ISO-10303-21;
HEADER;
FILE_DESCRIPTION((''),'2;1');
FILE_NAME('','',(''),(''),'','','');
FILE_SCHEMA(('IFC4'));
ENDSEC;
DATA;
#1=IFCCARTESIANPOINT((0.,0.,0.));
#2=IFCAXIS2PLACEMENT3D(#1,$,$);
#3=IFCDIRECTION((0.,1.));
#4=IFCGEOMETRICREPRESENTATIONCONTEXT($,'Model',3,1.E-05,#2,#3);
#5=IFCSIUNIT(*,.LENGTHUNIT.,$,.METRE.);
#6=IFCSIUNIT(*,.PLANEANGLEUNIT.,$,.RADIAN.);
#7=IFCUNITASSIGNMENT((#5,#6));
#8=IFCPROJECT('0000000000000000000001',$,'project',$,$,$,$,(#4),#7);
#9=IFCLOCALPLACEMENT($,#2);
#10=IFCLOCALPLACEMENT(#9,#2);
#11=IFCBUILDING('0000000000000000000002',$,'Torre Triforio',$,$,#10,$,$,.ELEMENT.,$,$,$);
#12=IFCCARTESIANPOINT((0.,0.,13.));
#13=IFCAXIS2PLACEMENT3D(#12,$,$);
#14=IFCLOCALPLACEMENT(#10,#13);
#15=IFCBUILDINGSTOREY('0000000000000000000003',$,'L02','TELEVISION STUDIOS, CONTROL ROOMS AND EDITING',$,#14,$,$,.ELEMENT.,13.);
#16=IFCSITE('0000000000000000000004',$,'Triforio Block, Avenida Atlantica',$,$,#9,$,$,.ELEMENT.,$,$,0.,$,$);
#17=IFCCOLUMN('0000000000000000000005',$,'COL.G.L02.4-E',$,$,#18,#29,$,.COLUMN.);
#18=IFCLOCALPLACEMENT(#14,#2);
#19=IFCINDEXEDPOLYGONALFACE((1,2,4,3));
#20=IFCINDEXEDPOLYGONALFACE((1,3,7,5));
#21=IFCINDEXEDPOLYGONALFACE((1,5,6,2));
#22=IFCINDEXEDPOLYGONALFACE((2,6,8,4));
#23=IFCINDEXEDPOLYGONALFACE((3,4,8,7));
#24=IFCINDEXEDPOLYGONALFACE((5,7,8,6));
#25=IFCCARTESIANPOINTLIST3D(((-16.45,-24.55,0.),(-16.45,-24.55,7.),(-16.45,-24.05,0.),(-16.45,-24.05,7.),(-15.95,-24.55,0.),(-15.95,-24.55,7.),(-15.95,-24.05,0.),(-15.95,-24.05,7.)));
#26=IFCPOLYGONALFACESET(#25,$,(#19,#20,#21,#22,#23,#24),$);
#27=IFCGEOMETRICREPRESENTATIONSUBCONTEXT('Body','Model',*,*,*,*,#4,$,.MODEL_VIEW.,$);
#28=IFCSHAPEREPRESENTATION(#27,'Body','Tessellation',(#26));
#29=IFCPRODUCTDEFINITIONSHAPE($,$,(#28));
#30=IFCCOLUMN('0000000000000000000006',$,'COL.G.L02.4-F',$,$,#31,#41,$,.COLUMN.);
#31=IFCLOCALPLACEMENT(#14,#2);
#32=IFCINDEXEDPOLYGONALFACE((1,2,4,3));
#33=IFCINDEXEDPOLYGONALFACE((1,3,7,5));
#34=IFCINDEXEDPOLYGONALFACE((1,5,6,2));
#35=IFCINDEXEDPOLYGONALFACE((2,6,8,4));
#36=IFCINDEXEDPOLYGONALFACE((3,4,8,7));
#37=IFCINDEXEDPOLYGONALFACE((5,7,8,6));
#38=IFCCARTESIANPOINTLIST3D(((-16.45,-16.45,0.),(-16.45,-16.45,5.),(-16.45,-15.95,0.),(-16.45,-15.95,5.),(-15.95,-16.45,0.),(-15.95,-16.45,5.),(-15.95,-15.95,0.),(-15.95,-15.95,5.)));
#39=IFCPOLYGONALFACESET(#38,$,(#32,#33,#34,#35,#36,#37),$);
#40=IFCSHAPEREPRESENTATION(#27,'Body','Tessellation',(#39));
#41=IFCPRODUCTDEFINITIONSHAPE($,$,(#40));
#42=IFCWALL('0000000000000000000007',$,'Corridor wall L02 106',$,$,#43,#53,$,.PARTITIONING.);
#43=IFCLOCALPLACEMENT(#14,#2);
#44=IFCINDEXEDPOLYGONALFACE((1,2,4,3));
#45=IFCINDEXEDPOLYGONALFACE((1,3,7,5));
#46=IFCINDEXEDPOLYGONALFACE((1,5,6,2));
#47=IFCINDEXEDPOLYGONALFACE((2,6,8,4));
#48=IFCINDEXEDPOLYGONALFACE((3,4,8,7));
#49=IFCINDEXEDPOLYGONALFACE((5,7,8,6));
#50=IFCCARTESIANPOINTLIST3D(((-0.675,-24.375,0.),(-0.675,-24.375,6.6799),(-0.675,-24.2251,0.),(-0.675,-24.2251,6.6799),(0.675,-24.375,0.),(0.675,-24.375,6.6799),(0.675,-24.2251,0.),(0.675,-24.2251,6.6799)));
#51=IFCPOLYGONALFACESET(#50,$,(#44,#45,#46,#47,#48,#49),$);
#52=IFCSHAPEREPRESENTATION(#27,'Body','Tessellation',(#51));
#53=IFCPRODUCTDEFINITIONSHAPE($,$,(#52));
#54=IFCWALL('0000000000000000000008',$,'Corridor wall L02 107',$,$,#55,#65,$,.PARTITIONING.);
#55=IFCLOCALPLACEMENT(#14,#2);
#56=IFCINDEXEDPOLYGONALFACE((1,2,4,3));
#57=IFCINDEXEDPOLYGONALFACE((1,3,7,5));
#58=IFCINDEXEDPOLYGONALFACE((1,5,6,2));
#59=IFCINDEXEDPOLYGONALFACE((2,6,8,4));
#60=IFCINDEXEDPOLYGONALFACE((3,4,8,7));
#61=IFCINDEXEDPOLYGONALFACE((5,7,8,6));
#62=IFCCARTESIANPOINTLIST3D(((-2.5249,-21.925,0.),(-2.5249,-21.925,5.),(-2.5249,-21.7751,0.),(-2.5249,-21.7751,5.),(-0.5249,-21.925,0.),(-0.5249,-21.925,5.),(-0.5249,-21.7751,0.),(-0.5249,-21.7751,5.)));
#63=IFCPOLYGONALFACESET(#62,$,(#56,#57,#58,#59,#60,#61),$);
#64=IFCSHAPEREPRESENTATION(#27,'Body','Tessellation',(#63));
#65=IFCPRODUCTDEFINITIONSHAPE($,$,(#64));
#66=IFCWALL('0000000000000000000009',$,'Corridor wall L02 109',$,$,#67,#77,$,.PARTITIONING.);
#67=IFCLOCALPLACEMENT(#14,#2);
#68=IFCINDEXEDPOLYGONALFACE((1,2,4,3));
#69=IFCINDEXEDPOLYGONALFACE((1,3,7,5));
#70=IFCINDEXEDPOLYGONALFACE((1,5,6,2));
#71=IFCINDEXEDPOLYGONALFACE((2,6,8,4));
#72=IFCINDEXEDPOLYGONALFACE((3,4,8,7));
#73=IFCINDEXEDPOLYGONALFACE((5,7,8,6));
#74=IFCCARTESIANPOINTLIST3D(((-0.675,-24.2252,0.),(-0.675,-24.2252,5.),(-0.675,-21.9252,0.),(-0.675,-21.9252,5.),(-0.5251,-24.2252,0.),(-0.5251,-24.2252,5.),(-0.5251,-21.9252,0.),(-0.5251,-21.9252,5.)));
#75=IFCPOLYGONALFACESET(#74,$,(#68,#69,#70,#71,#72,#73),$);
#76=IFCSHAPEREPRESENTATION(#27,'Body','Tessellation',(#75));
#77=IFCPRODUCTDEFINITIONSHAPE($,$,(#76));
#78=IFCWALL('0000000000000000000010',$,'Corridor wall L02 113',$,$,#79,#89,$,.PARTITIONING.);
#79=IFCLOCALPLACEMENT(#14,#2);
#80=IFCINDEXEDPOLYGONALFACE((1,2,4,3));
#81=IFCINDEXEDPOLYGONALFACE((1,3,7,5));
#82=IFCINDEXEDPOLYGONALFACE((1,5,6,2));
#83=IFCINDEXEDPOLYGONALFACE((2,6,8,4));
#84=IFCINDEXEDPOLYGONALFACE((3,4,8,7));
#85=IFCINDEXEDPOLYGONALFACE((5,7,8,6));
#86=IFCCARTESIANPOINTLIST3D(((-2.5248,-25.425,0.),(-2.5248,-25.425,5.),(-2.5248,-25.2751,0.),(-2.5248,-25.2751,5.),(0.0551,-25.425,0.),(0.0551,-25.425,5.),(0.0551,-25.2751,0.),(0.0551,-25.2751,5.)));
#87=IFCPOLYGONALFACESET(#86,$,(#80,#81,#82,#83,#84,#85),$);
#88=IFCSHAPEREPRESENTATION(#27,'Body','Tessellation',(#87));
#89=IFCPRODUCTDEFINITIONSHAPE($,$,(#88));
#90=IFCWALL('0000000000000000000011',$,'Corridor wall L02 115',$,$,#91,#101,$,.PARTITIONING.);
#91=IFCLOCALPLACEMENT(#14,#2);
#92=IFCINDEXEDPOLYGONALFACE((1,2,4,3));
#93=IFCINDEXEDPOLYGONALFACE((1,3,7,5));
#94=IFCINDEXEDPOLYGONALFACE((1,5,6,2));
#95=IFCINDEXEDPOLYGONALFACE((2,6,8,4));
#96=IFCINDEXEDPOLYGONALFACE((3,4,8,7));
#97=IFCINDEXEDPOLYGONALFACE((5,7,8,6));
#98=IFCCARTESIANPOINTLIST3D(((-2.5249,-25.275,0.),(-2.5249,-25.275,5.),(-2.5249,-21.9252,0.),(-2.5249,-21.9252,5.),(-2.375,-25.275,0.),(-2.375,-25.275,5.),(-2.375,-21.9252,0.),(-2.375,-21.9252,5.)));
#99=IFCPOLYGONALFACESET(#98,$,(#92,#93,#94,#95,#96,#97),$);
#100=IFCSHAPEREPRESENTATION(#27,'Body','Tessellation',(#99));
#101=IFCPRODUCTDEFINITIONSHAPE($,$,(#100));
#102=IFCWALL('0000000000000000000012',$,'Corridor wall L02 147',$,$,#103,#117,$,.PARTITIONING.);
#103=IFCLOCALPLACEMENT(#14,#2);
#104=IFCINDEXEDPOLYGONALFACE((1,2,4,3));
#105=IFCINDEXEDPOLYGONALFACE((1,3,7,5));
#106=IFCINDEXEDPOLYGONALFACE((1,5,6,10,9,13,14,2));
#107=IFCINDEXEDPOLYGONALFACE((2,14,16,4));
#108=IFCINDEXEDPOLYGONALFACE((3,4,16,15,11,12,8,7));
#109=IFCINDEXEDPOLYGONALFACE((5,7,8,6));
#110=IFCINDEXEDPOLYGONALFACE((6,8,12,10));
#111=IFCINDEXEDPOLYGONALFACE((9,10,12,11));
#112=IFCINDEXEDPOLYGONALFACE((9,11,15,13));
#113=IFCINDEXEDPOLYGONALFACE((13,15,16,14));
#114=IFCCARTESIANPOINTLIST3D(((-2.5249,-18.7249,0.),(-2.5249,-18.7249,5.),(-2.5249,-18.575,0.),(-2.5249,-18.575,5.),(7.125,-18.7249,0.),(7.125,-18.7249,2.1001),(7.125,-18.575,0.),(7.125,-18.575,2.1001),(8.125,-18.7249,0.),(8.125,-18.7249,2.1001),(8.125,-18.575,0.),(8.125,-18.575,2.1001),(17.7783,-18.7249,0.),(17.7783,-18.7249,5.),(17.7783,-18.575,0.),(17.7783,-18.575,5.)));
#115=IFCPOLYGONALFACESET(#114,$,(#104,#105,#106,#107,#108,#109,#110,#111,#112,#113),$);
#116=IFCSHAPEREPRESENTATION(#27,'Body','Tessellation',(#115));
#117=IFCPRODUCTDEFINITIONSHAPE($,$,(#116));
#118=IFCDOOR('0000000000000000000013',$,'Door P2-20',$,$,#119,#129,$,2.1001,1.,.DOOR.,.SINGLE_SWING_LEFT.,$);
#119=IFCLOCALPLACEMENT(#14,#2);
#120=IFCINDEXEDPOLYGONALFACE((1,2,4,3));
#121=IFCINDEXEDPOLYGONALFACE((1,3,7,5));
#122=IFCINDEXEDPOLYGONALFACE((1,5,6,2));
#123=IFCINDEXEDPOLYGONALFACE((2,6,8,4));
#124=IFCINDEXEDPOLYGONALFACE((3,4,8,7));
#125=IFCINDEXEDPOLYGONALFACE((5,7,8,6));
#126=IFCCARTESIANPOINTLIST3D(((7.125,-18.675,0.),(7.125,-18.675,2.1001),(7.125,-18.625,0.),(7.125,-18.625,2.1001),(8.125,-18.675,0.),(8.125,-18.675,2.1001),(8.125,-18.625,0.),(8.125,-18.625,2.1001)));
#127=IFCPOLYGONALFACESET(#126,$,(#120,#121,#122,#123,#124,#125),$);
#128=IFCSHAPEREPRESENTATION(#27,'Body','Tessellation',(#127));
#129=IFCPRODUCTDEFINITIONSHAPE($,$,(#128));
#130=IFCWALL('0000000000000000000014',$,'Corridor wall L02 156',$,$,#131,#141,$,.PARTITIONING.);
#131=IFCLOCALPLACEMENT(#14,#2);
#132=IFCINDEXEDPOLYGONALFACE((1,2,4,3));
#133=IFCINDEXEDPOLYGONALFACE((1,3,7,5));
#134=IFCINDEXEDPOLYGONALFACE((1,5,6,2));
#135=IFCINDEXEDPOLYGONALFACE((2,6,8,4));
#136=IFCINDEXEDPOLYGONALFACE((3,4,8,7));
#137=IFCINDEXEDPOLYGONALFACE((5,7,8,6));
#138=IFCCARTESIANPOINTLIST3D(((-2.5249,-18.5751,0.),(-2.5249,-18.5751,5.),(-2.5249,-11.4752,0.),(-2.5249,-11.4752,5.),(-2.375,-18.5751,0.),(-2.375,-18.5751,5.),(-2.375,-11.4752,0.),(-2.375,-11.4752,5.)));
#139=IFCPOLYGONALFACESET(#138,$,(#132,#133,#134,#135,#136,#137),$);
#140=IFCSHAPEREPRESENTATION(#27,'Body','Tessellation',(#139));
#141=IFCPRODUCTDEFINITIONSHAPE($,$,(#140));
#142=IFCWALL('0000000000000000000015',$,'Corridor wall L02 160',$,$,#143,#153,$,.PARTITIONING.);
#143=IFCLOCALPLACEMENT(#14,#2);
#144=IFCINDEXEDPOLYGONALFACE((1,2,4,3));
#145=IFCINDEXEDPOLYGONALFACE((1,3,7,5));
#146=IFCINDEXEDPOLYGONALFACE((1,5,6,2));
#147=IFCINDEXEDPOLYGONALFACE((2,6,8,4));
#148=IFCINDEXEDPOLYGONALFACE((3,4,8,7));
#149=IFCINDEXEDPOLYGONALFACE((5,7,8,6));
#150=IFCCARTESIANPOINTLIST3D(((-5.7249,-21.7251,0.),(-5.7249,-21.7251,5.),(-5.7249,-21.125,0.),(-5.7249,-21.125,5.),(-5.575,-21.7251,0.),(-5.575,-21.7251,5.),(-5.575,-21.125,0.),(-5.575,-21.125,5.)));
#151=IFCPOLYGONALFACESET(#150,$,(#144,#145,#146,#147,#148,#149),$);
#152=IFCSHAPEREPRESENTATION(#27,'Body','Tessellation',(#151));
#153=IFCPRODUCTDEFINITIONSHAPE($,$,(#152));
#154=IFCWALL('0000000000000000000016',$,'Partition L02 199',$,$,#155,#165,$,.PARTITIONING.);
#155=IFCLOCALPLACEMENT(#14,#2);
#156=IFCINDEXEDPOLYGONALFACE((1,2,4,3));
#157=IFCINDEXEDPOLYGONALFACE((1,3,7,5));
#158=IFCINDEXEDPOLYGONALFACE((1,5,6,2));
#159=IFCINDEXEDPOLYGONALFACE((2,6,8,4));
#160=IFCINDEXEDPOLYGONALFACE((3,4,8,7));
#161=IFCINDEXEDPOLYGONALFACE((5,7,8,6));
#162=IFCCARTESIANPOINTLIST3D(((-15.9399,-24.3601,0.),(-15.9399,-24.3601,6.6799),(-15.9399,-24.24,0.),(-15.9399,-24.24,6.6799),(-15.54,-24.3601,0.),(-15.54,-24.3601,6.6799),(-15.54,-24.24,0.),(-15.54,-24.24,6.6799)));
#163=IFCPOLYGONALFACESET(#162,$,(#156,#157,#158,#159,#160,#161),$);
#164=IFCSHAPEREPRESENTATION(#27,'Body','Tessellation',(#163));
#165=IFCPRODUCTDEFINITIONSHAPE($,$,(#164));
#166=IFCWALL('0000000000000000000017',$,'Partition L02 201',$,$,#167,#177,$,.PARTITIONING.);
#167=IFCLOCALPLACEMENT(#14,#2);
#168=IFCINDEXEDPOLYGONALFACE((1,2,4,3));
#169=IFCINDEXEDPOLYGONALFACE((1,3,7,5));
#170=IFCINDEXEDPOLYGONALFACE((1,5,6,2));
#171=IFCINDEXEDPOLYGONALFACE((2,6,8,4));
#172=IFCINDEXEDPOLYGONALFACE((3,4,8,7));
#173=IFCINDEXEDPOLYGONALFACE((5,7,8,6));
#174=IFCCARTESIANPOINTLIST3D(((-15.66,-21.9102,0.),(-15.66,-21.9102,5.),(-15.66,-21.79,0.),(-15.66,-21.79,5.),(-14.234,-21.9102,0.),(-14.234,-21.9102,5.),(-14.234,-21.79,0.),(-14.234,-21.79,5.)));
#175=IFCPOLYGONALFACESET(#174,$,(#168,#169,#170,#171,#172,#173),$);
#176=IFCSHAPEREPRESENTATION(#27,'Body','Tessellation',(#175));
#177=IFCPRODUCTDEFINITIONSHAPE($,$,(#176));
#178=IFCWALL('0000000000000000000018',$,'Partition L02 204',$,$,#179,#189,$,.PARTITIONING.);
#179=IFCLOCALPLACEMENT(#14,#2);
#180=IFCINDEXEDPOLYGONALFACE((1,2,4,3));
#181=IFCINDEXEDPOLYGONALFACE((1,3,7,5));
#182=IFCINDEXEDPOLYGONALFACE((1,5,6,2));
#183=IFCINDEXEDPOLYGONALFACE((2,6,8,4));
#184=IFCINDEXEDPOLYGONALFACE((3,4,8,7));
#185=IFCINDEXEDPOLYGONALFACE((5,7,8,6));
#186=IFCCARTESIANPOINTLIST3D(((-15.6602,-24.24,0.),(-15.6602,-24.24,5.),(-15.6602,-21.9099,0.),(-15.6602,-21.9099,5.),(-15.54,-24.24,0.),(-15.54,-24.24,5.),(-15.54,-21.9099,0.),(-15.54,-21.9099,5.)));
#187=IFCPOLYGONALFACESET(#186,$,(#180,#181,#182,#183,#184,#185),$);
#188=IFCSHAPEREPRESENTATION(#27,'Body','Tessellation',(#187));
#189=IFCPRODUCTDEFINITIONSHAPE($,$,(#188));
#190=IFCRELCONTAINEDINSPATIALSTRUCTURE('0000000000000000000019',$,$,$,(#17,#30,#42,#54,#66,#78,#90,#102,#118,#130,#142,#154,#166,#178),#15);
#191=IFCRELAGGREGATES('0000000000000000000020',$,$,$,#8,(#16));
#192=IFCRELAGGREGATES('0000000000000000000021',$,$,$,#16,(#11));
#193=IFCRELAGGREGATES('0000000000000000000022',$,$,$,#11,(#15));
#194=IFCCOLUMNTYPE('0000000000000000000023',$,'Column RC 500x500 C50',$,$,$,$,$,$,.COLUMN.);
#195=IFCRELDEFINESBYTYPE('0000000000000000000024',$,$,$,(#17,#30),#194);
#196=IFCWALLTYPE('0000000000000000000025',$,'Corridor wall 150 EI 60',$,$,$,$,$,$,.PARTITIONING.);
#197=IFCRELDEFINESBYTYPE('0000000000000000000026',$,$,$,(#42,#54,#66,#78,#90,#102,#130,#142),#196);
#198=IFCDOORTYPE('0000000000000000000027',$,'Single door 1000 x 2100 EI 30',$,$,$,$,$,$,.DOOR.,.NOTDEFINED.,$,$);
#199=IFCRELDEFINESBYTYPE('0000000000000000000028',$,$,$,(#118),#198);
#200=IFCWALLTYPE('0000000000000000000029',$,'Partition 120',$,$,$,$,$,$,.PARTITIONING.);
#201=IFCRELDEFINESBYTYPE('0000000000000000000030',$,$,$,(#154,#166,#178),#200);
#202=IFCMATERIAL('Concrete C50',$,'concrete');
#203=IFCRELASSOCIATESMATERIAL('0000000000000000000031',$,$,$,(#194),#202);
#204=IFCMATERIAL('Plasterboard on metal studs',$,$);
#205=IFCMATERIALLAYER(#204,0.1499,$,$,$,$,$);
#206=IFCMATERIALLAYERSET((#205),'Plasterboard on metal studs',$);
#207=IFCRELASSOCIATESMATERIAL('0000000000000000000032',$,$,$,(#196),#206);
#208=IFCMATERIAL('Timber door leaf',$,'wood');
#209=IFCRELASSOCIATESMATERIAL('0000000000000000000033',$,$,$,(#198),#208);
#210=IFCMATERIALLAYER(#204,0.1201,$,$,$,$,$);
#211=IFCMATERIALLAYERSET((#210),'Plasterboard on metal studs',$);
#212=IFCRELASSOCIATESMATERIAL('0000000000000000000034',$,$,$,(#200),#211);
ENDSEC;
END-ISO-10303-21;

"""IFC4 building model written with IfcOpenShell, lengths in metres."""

from ifc_helpers import new_model, si_unit, direction, frame, frame_2d, origin, origin_2d, place, context, subcontext, project, spatial, rectangle, extrude, material, layer, layer_set, material_profile, profile_set, type_object, element, fill, save


model = new_model("IFC4")

# Units and contexts
model_context = context("Model", 3, precision=1e-05, world=origin(), true_north=direction((0.0, 1.0)))
body_context = subcontext(model_context, "Body", "Model", "MODEL_VIEW")
ifc_project = project(units=[si_unit("LENGTHUNIT", "METRE"), si_unit("PLANEANGLEUNIT", "RADIAN")], contexts=[model_context])

# Site, building, storey
site_placement = place(None, origin())
site = spatial("IfcSite", under=ifc_project, at=site_placement, Name="Triforio Block, Avenida Atlantica", CompositionType="ELEMENT", RefElevation=0.0)
building_placement = place(site_placement, origin())
building = spatial("IfcBuilding", under=site, at=building_placement, Name="Torre Triforio", CompositionType="ELEMENT")
storey_placement = place(building_placement, frame((0.0, 0.0, 13.0)))
storey = spatial("IfcBuildingStorey", under=building, at=storey_placement, Name="L02", Description="TELEVISION STUDIOS, CONTROL ROOMS AND EDITING", CompositionType="ELEMENT", Elevation=13.0)

# Columns
ifc_material_1 = material(Name="Concrete C50", Category="concrete")
ifc_material_profile = material_profile(ifc_material_1, rectangle(XDim=0.5, YDim=0.5, at=origin_2d()), Name="RC 500x500")
ifc_profile_set = profile_set([ifc_material_profile], Name="Concrete C50")
column_type = type_object("IfcColumnType", Name="Column RC 500x500 C50", PredefinedType="COLUMN", material=ifc_profile_set)
column_1_placement = place(storey_placement, frame((-16.2, -24.3, 0.0), z_axis=(0.0, 0.0, 1.0), x_axis=(1.0, 0.0, 0.0)))
element("IfcColumn", 1, at=column_1_placement, inside=storey, type_object=column_type, Name="COL.G.L02.4-E", PredefinedType="COLUMN", context=body_context, shape_type="SweptSolid", body=[
    extrude(rectangle(XDim=0.5, YDim=0.5, at=origin_2d()), origin(), (0.0, 0.0, 1.0), 7.0),
])
column_2_placement = place(storey_placement, frame((-16.2, -16.2, 0.0), z_axis=(0.0, 0.0, 1.0), x_axis=(1.0, 0.0, 0.0)))
element("IfcColumn", 2, at=column_2_placement, inside=storey, type_object=column_type, Name="COL.G.L02.4-F", PredefinedType="COLUMN", context=body_context, shape_type="SweptSolid", body=[
    extrude(rectangle(XDim=0.5, YDim=0.5, at=origin_2d()), origin(), (0.0, 0.0, 1.0), 5.0),
])

# Walls
ifc_material_2 = material(Name="Plasterboard on metal studs")
ifc_layer_1 = layer(ifc_material_2, 0.1499)
ifc_layer_set_1 = layer_set([ifc_layer_1], Name="Plasterboard on metal studs")
wall_type_1 = type_object("IfcWallType", Name="Corridor wall 150 EI 60", PredefinedType="PARTITIONING", material=ifc_layer_set_1)
wall_1_placement = place(storey_placement, frame((-0.675, -24.3, 0.0), z_axis=(0.0, 0.0, 1.0), x_axis=(1.0, 0.0, 0.0)))
element("IfcWall", 3, at=wall_1_placement, inside=storey, type_object=wall_type_1, Name="Corridor wall L02 106", PredefinedType="PARTITIONING", context=body_context, shape_type="SweptSolid", body=[
    extrude(rectangle(XDim=1.3501, YDim=0.1499, at=frame_2d((0.675, 0.0))), origin(), (0.0, 0.0, 1.0), 6.6799),
])
wall_2_placement = place(storey_placement, frame((-2.5249, -21.8501, 0.0), z_axis=(0.0, 0.0, 1.0), x_axis=(1.0, 0.0, 0.0)))
element("IfcWall", 4, at=wall_2_placement, inside=storey, type_object=wall_type_1, Name="Corridor wall L02 107", PredefinedType="PARTITIONING", context=body_context, shape_type="SweptSolid", body=[
    extrude(rectangle(XDim=2.0, YDim=0.1499, at=frame_2d((1.0, 0.0))), origin(), (0.0, 0.0, 1.0), 5.0),
])
wall_3_placement = place(storey_placement, frame((-0.6001, -24.2251, 0.0), z_axis=(0.0, 0.0, 1.0), x_axis=(0.0, 1.0, 0.0)))
element("IfcWall", 5, at=wall_3_placement, inside=storey, type_object=wall_type_1, Name="Corridor wall L02 109", PredefinedType="PARTITIONING", context=body_context, shape_type="SweptSolid", body=[
    extrude(rectangle(XDim=2.3, YDim=0.1499, at=frame_2d((1.1499, 0.0))), origin(), (0.0, 0.0, 1.0), 5.0),
])
wall_4_placement = place(storey_placement, frame((-2.5249, -25.3501, 0.0), z_axis=(0.0, 0.0, 1.0), x_axis=(1.0, 0.0, 0.0)))
element("IfcWall", 6, at=wall_4_placement, inside=storey, type_object=wall_type_1, Name="Corridor wall L02 113", PredefinedType="PARTITIONING", context=body_context, shape_type="SweptSolid", body=[
    extrude(rectangle(XDim=2.5798, YDim=0.1499, at=frame_2d((1.29, 0.0))), origin(), (0.0, 0.0, 1.0), 5.0),
])
wall_5_placement = place(storey_placement, frame((-2.45, -25.2749, 0.0), z_axis=(0.0, 0.0, 1.0), x_axis=(0.0, 1.0, 0.0)))
element("IfcWall", 7, at=wall_5_placement, inside=storey, type_object=wall_type_1, Name="Corridor wall L02 115", PredefinedType="PARTITIONING", context=body_context, shape_type="SweptSolid", body=[
    extrude(rectangle(XDim=3.3499, YDim=0.1499, at=frame_2d((1.6748, 0.0))), origin(), (0.0, 0.0, 1.0), 5.0),
])

# Wall, opening, door
wall_6_placement = place(storey_placement, frame((-2.5249, -18.6499, 0.0), z_axis=(0.0, 0.0, 1.0), x_axis=(1.0, 0.0, 0.0)))
wall_6 = element("IfcWall", 8, at=wall_6_placement, inside=storey, type_object=wall_type_1, Name="Corridor wall L02 147", PredefinedType="PARTITIONING", context=body_context, shape_type="SweptSolid", body=[
    extrude(rectangle(XDim=20.3032, YDim=0.1499, at=frame_2d((10.1516, 0.0))), origin(), (0.0, 0.0, 1.0), 5.0),
])
opening_1_placement = place(wall_6_placement, frame((9.6499, 0.0, 0.0)))
opening_1 = element("IfcOpeningElement", 9, at=opening_1_placement, cuts=wall_6, PredefinedType="OPENING", context=body_context, shape_type="SweptSolid", body=[
    extrude(rectangle(XDim=1.0, YDim=2.1001, at=frame_2d((0.5, 1.05))), frame((0.0, 0.085, 0.0), z_axis=(0.0, -1.0, 0.0), x_axis=(1.0, 0.0, 0.0)), (0.0, 0.0, 1.0), 0.1699),
])
ifc_material_3 = material(Name="Timber door leaf", Category="wood")
door_type_1 = type_object("IfcDoorType", Name="Single door 1000 x 2100 EI 30", OperationType="NOTDEFINED", PredefinedType="DOOR", material=ifc_material_3)
door_1_placement = place(opening_1_placement, origin())
door_1 = element("IfcDoor", 10, at=door_1_placement, inside=storey, type_object=door_type_1, Name="Door P2-20", OperationType="SINGLE_SWING_LEFT", OverallHeight=2.1001, OverallWidth=1.0, PredefinedType="DOOR", context=body_context, shape_type="SweptSolid", body=[
    extrude(rectangle(XDim=1.0, YDim=2.1001, at=frame_2d((0.5, 1.05))), frame((0.0, 0.0249, 0.0), z_axis=(0.0, -1.0, 0.0), x_axis=(1.0, 0.0, 0.0)), (0.0, 0.0, 1.0), 0.05),
])
fill(opening_1, door_1)

# Walls
wall_7_placement = place(storey_placement, frame((-2.45, -18.575, 0.0), z_axis=(0.0, 0.0, 1.0), x_axis=(0.0, 1.0, 0.0)))
element("IfcWall", 11, at=wall_7_placement, inside=storey, type_object=wall_type_1, Name="Corridor wall L02 156", PredefinedType="PARTITIONING", context=body_context, shape_type="SweptSolid", body=[
    extrude(rectangle(XDim=7.0999, YDim=0.1499, at=frame_2d((3.5498, 0.0))), origin(), (0.0, 0.0, 1.0), 5.0),
])
wall_8_placement = place(storey_placement, frame((-5.6499, -21.7251, 0.0), z_axis=(0.0, 0.0, 1.0), x_axis=(0.0, 1.0, 0.0)))
element("IfcWall", 12, at=wall_8_placement, inside=storey, type_object=wall_type_1, Name="Corridor wall L02 160", PredefinedType="PARTITIONING", context=body_context, shape_type="SweptSolid", body=[
    extrude(rectangle(XDim=0.6001, YDim=0.1499, at=frame_2d((0.3, 0.0))), origin(), (0.0, 0.0, 1.0), 5.0),
])
ifc_layer_2 = layer(ifc_material_2, 0.1201)
ifc_layer_set_2 = layer_set([ifc_layer_2], Name="Plasterboard on metal studs")
wall_type_2 = type_object("IfcWallType", Name="Partition 120", PredefinedType="PARTITIONING", material=ifc_layer_set_2)
wall_9_placement = place(storey_placement, frame((-15.9399, -24.3, 0.0), z_axis=(0.0, 0.0, 1.0), x_axis=(1.0, 0.0, 0.0)))
element("IfcWall", 13, at=wall_9_placement, inside=storey, type_object=wall_type_2, Name="Partition L02 199", PredefinedType="PARTITIONING", context=body_context, shape_type="SweptSolid", body=[
    extrude(rectangle(XDim=0.3999, YDim=0.1201, at=frame_2d((0.2, 0.0))), origin(), (0.0, 0.0, 1.0), 6.6799),
])
wall_10_placement = place(storey_placement, frame((-15.6599, -21.8501, 0.0), z_axis=(0.0, 0.0, 1.0), x_axis=(1.0, 0.0, 0.0)))
element("IfcWall", 14, at=wall_10_placement, inside=storey, type_object=wall_type_2, Name="Partition L02 201", PredefinedType="PARTITIONING", context=body_context, shape_type="SweptSolid", body=[
    extrude(rectangle(XDim=1.426, YDim=0.1201, at=frame_2d((0.7129, 0.0))), origin(), (0.0, 0.0, 1.0), 5.0),
])
wall_11_placement = place(storey_placement, frame((-15.6001, -24.24, 0.0), z_axis=(0.0, 0.0, 1.0), x_axis=(0.0, 1.0, 0.0)))
element("IfcWall", 15, at=wall_11_placement, inside=storey, type_object=wall_type_2, Name="Partition L02 204", PredefinedType="PARTITIONING", context=body_context, shape_type="SweptSolid", body=[
    extrude(rectangle(XDim=2.3301, YDim=0.1201, at=frame_2d((1.165, 0.0))), origin(), (0.0, 0.0, 1.0), 5.0),
])

save(model, "model.ifc")
